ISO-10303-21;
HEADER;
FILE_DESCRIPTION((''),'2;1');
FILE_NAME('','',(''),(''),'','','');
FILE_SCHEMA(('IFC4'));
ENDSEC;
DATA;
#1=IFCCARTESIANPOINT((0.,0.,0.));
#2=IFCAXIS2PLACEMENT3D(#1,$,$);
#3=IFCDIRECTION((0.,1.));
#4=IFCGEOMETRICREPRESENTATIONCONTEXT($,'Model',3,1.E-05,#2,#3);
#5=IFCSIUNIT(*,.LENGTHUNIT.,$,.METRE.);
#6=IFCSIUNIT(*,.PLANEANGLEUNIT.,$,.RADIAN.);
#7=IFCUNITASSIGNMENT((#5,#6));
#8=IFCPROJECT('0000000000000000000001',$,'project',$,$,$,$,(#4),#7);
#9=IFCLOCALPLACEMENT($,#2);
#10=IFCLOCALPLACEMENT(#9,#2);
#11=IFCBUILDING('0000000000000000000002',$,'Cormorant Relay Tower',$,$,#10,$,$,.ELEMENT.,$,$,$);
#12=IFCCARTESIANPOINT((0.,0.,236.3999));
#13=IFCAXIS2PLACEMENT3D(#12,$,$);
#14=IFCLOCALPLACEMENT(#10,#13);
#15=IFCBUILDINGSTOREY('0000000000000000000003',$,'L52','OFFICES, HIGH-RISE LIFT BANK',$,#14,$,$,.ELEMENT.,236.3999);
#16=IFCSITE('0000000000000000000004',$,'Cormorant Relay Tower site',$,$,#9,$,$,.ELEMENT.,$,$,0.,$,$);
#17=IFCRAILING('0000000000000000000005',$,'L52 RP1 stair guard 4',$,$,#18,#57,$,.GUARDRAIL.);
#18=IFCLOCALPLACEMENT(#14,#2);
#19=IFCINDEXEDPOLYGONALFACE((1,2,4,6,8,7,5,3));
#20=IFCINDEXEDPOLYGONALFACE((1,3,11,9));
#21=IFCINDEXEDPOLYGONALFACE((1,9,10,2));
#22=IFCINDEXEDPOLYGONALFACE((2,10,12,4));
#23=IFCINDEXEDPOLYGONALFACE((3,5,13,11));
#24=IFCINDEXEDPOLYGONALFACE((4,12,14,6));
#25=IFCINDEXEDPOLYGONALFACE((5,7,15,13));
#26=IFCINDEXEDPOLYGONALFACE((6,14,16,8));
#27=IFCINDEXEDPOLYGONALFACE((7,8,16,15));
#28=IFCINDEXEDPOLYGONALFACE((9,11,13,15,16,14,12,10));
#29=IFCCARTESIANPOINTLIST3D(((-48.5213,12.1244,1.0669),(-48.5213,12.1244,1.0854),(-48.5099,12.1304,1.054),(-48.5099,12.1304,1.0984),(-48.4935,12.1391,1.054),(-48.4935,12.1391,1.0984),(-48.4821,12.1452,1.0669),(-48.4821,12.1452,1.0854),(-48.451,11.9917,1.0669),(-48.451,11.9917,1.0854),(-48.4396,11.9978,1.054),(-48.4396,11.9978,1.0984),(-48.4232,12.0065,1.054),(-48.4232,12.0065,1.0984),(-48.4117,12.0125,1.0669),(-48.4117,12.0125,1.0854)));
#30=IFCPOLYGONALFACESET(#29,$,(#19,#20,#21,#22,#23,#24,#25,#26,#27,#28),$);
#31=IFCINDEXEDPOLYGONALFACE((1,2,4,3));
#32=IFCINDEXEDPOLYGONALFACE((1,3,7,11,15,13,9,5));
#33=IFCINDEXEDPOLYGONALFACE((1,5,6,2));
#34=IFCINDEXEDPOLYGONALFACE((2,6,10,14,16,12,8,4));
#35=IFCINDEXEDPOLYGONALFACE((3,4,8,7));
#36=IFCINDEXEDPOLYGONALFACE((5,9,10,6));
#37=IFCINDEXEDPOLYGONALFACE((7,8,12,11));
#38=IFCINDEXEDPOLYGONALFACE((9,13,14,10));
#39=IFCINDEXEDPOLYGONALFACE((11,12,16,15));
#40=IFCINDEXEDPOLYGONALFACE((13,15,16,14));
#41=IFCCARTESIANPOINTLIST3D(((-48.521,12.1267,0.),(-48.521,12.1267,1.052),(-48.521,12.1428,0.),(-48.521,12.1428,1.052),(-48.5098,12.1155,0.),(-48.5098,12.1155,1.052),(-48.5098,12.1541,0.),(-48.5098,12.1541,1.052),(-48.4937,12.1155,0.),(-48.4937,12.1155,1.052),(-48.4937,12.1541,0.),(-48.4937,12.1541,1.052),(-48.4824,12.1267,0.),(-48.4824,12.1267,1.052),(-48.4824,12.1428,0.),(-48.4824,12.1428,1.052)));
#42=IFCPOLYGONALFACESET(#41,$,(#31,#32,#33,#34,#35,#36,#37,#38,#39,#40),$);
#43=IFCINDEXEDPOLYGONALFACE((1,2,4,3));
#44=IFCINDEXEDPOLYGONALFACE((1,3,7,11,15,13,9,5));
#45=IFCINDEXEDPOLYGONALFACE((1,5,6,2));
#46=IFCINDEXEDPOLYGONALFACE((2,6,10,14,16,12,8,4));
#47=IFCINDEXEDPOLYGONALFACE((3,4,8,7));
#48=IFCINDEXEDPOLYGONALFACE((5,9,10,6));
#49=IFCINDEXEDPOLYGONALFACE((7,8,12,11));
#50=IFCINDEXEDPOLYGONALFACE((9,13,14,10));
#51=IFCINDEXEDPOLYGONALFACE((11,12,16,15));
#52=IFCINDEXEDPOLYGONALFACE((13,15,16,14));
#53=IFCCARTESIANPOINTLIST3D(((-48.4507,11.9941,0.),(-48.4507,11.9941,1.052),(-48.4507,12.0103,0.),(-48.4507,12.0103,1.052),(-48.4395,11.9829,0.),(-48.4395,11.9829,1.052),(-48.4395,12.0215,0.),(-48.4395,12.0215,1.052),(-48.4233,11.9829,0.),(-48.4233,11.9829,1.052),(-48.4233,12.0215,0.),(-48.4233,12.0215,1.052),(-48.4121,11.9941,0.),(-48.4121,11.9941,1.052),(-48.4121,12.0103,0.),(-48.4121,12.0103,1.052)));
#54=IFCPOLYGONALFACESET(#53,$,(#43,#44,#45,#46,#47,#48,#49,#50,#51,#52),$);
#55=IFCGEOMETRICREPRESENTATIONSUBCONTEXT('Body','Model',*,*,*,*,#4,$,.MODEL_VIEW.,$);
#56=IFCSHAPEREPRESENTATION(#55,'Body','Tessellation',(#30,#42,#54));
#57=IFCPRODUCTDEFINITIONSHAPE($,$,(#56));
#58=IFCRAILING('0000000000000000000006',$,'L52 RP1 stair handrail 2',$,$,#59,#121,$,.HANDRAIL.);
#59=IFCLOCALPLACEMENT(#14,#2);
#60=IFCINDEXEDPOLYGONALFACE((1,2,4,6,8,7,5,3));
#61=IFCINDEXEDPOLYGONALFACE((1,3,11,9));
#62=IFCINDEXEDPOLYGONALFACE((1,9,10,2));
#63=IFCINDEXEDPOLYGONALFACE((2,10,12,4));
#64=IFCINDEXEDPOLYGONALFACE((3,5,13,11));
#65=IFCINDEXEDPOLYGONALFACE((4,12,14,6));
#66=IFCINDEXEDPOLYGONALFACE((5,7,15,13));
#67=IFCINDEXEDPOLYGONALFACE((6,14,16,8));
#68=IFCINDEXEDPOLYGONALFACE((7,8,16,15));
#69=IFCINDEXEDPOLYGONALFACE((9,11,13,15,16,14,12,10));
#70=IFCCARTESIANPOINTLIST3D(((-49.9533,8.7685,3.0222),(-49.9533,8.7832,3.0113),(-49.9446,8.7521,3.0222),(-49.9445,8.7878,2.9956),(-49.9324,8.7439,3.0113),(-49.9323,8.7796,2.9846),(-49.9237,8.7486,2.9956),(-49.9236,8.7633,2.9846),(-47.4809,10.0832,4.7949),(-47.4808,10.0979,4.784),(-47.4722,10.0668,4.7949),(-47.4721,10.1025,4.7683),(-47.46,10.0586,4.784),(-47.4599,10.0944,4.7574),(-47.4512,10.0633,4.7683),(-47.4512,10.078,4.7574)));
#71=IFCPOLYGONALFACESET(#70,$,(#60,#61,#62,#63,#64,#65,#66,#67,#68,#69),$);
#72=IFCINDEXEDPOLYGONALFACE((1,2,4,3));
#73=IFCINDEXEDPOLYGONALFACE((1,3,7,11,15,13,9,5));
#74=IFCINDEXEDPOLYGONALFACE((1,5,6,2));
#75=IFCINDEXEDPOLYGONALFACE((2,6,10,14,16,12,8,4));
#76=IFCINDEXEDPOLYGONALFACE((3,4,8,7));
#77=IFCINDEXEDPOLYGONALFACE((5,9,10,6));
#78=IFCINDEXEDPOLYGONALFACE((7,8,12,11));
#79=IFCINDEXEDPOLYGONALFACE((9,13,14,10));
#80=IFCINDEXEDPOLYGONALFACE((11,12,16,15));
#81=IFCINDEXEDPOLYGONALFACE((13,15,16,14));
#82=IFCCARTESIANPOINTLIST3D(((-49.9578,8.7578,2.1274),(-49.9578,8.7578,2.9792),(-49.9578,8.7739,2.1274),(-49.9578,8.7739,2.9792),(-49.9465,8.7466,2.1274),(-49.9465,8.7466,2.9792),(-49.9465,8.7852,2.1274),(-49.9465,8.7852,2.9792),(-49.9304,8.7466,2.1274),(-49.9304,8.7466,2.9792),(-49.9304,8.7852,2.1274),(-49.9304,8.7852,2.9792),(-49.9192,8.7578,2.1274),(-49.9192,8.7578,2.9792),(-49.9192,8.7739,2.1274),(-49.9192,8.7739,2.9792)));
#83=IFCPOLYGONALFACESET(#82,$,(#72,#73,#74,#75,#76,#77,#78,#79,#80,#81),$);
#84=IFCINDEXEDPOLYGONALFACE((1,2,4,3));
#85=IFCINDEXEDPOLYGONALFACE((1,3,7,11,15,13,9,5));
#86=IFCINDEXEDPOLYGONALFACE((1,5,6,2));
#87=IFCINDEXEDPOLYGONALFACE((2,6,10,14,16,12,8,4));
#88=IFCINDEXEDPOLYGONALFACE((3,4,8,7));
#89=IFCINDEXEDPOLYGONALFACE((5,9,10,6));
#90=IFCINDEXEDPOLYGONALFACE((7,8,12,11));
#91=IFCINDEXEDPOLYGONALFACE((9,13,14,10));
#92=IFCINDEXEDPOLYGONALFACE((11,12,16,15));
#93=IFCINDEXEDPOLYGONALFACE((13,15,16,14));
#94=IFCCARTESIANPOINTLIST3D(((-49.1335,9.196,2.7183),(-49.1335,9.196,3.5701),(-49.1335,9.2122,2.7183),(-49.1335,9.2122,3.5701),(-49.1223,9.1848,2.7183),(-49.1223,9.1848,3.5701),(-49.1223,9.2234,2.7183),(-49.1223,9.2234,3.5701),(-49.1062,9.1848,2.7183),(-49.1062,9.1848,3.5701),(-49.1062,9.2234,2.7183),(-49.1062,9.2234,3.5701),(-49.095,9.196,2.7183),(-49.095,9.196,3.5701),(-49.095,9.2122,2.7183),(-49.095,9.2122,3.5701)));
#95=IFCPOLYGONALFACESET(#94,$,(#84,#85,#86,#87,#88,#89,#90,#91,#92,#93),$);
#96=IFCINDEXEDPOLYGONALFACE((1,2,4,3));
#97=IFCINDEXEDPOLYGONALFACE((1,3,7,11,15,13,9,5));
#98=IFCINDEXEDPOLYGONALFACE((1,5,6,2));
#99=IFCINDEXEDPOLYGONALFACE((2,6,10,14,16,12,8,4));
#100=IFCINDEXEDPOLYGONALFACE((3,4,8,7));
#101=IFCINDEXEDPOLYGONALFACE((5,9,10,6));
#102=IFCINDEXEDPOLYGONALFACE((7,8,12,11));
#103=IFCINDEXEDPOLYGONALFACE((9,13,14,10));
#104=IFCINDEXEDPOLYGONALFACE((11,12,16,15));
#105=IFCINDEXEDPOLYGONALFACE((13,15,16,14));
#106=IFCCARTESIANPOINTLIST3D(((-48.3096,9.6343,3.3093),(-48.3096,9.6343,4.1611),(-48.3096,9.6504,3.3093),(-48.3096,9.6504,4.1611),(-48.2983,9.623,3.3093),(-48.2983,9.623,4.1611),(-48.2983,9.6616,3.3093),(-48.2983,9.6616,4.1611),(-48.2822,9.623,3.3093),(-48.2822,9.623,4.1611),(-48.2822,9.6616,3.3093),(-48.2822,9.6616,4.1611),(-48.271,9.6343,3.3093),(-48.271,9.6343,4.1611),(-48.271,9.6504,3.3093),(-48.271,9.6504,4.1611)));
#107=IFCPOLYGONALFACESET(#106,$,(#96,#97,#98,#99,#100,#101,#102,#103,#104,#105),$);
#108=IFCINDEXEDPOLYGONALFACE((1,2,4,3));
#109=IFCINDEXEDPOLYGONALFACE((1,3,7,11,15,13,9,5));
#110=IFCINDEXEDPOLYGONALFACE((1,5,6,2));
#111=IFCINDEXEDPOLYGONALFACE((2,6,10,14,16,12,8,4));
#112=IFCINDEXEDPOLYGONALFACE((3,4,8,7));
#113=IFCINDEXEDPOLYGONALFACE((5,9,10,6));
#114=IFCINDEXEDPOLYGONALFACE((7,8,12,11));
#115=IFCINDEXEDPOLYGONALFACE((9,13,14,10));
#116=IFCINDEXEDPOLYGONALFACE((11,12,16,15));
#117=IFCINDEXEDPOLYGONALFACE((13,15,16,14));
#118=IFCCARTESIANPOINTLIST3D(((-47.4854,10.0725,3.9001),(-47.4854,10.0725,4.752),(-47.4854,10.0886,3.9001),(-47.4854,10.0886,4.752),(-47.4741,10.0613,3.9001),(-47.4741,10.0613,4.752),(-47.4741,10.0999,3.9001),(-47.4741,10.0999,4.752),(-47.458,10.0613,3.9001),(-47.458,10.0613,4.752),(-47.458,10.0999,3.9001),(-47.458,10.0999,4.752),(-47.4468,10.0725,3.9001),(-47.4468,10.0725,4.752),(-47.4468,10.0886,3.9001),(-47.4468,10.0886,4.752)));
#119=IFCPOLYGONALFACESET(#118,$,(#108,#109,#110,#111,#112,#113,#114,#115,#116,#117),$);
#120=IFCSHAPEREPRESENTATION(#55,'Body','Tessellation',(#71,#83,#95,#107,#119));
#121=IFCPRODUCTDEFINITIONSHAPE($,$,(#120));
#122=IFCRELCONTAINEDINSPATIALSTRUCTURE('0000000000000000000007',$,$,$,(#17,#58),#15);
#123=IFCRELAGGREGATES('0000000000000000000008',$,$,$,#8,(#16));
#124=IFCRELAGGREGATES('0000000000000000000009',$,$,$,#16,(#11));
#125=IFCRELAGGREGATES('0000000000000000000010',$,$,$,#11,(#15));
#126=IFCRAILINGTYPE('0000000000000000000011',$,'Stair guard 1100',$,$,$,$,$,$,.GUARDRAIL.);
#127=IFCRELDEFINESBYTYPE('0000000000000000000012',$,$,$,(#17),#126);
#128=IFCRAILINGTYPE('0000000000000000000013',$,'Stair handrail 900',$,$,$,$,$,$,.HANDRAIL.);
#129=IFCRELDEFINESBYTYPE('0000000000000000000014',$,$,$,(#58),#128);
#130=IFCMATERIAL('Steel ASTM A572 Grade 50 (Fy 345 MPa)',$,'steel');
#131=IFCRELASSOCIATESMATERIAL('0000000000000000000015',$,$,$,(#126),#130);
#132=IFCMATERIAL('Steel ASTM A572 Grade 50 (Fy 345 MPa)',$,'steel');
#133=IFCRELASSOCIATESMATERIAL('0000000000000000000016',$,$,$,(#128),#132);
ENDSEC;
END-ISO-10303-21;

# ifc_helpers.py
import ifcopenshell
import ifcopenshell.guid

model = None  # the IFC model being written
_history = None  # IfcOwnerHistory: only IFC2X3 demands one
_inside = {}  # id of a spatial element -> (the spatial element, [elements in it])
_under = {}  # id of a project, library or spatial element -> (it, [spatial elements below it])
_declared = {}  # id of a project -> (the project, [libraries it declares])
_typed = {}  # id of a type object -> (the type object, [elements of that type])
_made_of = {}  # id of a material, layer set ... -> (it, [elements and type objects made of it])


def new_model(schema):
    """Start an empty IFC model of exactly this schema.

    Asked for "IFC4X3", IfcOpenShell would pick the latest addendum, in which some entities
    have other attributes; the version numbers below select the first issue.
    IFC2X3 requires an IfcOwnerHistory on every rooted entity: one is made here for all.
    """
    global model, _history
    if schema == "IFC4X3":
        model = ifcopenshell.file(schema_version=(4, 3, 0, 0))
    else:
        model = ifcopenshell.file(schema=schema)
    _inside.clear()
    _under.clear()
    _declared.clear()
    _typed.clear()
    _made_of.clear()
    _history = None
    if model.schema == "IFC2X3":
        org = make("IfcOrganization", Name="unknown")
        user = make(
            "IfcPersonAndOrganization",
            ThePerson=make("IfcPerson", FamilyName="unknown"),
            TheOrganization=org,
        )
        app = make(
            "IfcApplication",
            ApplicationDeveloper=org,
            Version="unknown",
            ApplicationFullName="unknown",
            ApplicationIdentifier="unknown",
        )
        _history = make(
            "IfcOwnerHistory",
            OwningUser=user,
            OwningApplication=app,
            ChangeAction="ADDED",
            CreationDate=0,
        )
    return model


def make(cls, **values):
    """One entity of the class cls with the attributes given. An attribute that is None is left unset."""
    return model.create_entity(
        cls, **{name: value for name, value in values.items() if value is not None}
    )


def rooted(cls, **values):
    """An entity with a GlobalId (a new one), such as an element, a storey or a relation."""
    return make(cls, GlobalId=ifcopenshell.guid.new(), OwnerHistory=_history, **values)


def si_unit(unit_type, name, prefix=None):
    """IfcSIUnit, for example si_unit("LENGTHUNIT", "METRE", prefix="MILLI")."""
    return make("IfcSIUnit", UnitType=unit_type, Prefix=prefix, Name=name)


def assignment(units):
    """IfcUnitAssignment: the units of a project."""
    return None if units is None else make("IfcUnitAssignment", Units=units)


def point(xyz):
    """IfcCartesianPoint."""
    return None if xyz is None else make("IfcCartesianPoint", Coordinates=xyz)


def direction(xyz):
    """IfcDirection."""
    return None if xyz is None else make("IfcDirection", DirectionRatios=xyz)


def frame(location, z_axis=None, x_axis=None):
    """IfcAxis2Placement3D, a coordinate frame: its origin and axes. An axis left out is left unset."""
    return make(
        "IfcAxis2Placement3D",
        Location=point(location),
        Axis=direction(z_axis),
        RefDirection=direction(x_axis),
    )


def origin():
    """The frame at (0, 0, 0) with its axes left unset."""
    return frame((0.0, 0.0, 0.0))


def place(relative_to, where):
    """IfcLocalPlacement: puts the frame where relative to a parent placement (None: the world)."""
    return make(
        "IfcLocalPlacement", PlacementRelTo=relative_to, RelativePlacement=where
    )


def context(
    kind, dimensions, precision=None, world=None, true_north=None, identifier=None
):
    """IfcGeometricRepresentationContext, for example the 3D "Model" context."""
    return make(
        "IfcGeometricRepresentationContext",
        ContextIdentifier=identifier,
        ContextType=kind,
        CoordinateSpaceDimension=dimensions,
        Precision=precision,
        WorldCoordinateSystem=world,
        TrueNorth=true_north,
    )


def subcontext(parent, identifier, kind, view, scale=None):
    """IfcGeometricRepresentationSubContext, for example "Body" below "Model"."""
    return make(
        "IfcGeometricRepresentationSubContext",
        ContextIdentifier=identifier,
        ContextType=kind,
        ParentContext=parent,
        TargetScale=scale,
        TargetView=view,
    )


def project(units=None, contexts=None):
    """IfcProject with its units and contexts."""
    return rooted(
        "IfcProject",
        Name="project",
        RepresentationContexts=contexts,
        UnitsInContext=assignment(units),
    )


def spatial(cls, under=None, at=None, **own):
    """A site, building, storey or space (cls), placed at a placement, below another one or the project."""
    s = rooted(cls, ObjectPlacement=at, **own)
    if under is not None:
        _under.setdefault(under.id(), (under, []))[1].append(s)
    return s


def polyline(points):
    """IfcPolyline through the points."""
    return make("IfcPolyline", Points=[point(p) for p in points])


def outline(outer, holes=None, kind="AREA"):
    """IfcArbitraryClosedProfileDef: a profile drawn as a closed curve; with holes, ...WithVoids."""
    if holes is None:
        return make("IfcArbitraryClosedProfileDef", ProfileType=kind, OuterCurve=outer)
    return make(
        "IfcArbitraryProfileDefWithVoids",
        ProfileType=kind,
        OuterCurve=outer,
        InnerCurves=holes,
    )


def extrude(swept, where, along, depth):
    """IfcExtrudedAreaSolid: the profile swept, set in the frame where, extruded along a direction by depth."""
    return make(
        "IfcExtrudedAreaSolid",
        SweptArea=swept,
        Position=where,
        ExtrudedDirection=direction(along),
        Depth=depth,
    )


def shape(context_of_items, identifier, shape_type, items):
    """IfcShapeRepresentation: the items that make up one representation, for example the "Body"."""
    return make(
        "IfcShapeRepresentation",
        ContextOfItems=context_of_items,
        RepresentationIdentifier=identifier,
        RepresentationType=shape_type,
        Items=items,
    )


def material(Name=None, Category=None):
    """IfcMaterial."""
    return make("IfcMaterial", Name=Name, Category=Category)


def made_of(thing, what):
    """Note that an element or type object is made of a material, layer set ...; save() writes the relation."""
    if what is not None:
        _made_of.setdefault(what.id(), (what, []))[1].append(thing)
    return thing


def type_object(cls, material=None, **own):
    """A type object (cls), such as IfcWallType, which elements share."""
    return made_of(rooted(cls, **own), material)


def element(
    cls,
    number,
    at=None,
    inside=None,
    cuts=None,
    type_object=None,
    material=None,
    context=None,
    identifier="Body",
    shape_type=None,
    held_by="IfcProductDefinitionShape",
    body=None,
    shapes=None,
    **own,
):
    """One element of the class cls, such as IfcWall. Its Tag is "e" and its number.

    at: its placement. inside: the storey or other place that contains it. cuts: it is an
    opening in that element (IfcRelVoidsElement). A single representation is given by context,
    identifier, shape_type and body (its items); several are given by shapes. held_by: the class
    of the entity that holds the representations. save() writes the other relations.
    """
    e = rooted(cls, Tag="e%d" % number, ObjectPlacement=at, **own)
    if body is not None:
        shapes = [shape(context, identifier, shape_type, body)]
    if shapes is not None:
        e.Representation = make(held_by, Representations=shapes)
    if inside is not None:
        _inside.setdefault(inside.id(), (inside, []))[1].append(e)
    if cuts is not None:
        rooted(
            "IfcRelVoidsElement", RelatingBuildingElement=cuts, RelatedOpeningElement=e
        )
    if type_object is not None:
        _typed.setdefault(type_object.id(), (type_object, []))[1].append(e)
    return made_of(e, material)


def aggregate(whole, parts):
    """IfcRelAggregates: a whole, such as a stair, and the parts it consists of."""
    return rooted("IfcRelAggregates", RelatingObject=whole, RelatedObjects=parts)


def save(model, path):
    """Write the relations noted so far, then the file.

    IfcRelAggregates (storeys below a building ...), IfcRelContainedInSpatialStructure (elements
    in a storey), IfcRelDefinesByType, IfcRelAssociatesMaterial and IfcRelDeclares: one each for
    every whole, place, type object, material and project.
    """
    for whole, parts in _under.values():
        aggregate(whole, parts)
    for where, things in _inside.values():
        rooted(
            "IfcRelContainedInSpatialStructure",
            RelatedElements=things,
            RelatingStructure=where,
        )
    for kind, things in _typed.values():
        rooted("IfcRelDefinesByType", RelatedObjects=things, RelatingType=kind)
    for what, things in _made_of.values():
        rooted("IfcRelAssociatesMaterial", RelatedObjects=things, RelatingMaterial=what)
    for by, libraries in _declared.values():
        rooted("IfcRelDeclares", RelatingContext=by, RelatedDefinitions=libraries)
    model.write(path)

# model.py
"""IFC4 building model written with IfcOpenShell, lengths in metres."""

from ifc_helpers import new_model, si_unit, direction, frame, origin, place, context, subcontext, project, spatial, polyline, outline, extrude, material, type_object, element, save


model = new_model("IFC4")

# Units and contexts
model_context = context("Model", 3, precision=1e-05, world=origin(), true_north=direction((0.0, 1.0)))
body_context = subcontext(model_context, "Body", "Model", "MODEL_VIEW")
ifc_project = project(units=[si_unit("LENGTHUNIT", "METRE"), si_unit("PLANEANGLEUNIT", "RADIAN")], contexts=[model_context])

# Site, building, storey
site_placement = place(None, origin())
site = spatial("IfcSite", under=ifc_project, at=site_placement, Name="Cormorant Relay Tower site", CompositionType="ELEMENT", RefElevation=0.0)
building_placement = place(site_placement, origin())
building = spatial("IfcBuilding", under=site, at=building_placement, Name="Cormorant Relay Tower", CompositionType="ELEMENT")
storey_placement = place(building_placement, frame((0.0, 0.0, 236.3999)))
storey = spatial("IfcBuildingStorey", under=building, at=storey_placement, Name="L52", Description="OFFICES, HIGH-RISE LIFT BANK", CompositionType="ELEMENT", Elevation=236.3999)

# Railings
ifc_material_1 = material(Name="Steel ASTM A572 Grade 50 (Fy 345 MPa)", Category="steel")
railing_type_1 = type_object("IfcRailingType", Name="Stair guard 1100", PredefinedType="GUARDRAIL", material=ifc_material_1)
railing_1_placement = place(storey_placement, frame((-48.5017, 12.1348, 0.0)))
element("IfcRailing", 1, at=railing_1_placement, inside=storey, type_object=railing_type_1, Name="L52 RP1 stair guard 4", PredefinedType="GUARDRAIL", context=body_context, shape_type="SweptSolid", body=[
    extrude(outline(polyline([(0.0222, 0.0093), (0.0093, 0.0222), (-0.0093, 0.0222), (-0.0222, 0.0093), (-0.0222, -0.0093), (-0.0093, -0.0222), (0.0093, -0.0222), (0.0222, -0.0093), (0.0222, 0.0093)])), frame((0.0, 0.0, 1.0762), z_axis=(0.46856, -0.883431, 0.0), x_axis=(0.883431, 0.46856, 0.0)), (0.0, 0.0, 1.0), 0.1501),
    extrude(outline(polyline([(0.0193, 0.0081), (0.0081, 0.0193), (-0.0081, 0.0193), (-0.0193, 0.0081), (-0.0193, -0.0081), (-0.0081, -0.0193), (0.0081, -0.0193), (0.0193, -0.0081), (0.0193, 0.0081)])), origin(), (0.0, 0.0, 1.0), 1.052),
    extrude(outline(polyline([(0.0193, 0.0081), (0.0081, 0.0193), (-0.0081, 0.0193), (-0.0193, 0.0081), (-0.0193, -0.0081), (-0.0081, -0.0193), (0.0081, -0.0193), (0.0193, -0.0081), (0.0193, 0.0081)])), frame((0.0703, -0.1326, 0.0)), (0.0, 0.0, 1.0), 1.052),
])
ifc_material_2 = material(Name="Steel ASTM A572 Grade 50 (Fy 345 MPa)", Category="steel")
railing_type_2 = type_object("IfcRailingType", Name="Stair handrail 900", PredefinedType="HANDRAIL", material=ifc_material_2)
railing_2_placement = place(storey_placement, frame((-49.9385, 8.7659, 2.1274)))
element("IfcRailing", 2, at=railing_2_placement, inside=storey, type_object=railing_type_2, Name="L52 RP1 stair handrail 2", PredefinedType="HANDRAIL", context=body_context, shape_type="SweptSolid", body=[
    extrude(outline(polyline([(0.0222, 0.0093), (0.0093, 0.0222), (-0.0093, 0.0222), (-0.0222, 0.0093), (-0.0222, -0.0093), (-0.0093, -0.0222), (0.0093, -0.0222), (0.0222, -0.0093), (0.0222, 0.0093)])), frame((0.0, 0.0, 0.876), z_axis=(0.746012, 0.39669, 0.534886), x_axis=(-0.469497, 0.882934, 0.0)), (0.0, 0.0, 1.0), 3.3142),
    extrude(outline(polyline([(0.0193, 0.0081), (0.0081, 0.0193), (-0.0081, 0.0193), (-0.0193, 0.0081), (-0.0193, -0.0081), (-0.0081, -0.0193), (0.0081, -0.0193), (0.0193, -0.0081), (0.0193, 0.0081)])), origin(), (0.0, 0.0, 1.0), 0.8518),
    extrude(outline(polyline([(0.0193, 0.0081), (0.0081, 0.0193), (-0.0081, 0.0193), (-0.0193, 0.0081), (-0.0193, -0.0081), (-0.0081, -0.0193), (0.0081, -0.0193), (0.0193, -0.0081), (0.0193, 0.0081)])), frame((0.8242, 0.4382, 0.5908)), (0.0, 0.0, 1.0), 0.8518),
    extrude(outline(polyline([(0.0193, 0.0081), (0.0081, 0.0193), (-0.0081, 0.0193), (-0.0193, 0.0081), (-0.0193, -0.0081), (-0.0081, -0.0193), (0.0081, -0.0193), (0.0193, -0.0081), (0.0193, 0.0081)])), frame((1.6482, 0.8765, 1.1819)), (0.0, 0.0, 1.0), 0.8518),
    extrude(outline(polyline([(0.0193, 0.0081), (0.0081, 0.0193), (-0.0081, 0.0193), (-0.0193, 0.0081), (-0.0193, -0.0081), (-0.0081, -0.0193), (0.0081, -0.0193), (0.0193, -0.0081), (0.0193, 0.0081)])), frame((2.4724, 1.3147, 1.7727)), (0.0, 0.0, 1.0), 0.8518),
])

save(model, "model.ifc")
